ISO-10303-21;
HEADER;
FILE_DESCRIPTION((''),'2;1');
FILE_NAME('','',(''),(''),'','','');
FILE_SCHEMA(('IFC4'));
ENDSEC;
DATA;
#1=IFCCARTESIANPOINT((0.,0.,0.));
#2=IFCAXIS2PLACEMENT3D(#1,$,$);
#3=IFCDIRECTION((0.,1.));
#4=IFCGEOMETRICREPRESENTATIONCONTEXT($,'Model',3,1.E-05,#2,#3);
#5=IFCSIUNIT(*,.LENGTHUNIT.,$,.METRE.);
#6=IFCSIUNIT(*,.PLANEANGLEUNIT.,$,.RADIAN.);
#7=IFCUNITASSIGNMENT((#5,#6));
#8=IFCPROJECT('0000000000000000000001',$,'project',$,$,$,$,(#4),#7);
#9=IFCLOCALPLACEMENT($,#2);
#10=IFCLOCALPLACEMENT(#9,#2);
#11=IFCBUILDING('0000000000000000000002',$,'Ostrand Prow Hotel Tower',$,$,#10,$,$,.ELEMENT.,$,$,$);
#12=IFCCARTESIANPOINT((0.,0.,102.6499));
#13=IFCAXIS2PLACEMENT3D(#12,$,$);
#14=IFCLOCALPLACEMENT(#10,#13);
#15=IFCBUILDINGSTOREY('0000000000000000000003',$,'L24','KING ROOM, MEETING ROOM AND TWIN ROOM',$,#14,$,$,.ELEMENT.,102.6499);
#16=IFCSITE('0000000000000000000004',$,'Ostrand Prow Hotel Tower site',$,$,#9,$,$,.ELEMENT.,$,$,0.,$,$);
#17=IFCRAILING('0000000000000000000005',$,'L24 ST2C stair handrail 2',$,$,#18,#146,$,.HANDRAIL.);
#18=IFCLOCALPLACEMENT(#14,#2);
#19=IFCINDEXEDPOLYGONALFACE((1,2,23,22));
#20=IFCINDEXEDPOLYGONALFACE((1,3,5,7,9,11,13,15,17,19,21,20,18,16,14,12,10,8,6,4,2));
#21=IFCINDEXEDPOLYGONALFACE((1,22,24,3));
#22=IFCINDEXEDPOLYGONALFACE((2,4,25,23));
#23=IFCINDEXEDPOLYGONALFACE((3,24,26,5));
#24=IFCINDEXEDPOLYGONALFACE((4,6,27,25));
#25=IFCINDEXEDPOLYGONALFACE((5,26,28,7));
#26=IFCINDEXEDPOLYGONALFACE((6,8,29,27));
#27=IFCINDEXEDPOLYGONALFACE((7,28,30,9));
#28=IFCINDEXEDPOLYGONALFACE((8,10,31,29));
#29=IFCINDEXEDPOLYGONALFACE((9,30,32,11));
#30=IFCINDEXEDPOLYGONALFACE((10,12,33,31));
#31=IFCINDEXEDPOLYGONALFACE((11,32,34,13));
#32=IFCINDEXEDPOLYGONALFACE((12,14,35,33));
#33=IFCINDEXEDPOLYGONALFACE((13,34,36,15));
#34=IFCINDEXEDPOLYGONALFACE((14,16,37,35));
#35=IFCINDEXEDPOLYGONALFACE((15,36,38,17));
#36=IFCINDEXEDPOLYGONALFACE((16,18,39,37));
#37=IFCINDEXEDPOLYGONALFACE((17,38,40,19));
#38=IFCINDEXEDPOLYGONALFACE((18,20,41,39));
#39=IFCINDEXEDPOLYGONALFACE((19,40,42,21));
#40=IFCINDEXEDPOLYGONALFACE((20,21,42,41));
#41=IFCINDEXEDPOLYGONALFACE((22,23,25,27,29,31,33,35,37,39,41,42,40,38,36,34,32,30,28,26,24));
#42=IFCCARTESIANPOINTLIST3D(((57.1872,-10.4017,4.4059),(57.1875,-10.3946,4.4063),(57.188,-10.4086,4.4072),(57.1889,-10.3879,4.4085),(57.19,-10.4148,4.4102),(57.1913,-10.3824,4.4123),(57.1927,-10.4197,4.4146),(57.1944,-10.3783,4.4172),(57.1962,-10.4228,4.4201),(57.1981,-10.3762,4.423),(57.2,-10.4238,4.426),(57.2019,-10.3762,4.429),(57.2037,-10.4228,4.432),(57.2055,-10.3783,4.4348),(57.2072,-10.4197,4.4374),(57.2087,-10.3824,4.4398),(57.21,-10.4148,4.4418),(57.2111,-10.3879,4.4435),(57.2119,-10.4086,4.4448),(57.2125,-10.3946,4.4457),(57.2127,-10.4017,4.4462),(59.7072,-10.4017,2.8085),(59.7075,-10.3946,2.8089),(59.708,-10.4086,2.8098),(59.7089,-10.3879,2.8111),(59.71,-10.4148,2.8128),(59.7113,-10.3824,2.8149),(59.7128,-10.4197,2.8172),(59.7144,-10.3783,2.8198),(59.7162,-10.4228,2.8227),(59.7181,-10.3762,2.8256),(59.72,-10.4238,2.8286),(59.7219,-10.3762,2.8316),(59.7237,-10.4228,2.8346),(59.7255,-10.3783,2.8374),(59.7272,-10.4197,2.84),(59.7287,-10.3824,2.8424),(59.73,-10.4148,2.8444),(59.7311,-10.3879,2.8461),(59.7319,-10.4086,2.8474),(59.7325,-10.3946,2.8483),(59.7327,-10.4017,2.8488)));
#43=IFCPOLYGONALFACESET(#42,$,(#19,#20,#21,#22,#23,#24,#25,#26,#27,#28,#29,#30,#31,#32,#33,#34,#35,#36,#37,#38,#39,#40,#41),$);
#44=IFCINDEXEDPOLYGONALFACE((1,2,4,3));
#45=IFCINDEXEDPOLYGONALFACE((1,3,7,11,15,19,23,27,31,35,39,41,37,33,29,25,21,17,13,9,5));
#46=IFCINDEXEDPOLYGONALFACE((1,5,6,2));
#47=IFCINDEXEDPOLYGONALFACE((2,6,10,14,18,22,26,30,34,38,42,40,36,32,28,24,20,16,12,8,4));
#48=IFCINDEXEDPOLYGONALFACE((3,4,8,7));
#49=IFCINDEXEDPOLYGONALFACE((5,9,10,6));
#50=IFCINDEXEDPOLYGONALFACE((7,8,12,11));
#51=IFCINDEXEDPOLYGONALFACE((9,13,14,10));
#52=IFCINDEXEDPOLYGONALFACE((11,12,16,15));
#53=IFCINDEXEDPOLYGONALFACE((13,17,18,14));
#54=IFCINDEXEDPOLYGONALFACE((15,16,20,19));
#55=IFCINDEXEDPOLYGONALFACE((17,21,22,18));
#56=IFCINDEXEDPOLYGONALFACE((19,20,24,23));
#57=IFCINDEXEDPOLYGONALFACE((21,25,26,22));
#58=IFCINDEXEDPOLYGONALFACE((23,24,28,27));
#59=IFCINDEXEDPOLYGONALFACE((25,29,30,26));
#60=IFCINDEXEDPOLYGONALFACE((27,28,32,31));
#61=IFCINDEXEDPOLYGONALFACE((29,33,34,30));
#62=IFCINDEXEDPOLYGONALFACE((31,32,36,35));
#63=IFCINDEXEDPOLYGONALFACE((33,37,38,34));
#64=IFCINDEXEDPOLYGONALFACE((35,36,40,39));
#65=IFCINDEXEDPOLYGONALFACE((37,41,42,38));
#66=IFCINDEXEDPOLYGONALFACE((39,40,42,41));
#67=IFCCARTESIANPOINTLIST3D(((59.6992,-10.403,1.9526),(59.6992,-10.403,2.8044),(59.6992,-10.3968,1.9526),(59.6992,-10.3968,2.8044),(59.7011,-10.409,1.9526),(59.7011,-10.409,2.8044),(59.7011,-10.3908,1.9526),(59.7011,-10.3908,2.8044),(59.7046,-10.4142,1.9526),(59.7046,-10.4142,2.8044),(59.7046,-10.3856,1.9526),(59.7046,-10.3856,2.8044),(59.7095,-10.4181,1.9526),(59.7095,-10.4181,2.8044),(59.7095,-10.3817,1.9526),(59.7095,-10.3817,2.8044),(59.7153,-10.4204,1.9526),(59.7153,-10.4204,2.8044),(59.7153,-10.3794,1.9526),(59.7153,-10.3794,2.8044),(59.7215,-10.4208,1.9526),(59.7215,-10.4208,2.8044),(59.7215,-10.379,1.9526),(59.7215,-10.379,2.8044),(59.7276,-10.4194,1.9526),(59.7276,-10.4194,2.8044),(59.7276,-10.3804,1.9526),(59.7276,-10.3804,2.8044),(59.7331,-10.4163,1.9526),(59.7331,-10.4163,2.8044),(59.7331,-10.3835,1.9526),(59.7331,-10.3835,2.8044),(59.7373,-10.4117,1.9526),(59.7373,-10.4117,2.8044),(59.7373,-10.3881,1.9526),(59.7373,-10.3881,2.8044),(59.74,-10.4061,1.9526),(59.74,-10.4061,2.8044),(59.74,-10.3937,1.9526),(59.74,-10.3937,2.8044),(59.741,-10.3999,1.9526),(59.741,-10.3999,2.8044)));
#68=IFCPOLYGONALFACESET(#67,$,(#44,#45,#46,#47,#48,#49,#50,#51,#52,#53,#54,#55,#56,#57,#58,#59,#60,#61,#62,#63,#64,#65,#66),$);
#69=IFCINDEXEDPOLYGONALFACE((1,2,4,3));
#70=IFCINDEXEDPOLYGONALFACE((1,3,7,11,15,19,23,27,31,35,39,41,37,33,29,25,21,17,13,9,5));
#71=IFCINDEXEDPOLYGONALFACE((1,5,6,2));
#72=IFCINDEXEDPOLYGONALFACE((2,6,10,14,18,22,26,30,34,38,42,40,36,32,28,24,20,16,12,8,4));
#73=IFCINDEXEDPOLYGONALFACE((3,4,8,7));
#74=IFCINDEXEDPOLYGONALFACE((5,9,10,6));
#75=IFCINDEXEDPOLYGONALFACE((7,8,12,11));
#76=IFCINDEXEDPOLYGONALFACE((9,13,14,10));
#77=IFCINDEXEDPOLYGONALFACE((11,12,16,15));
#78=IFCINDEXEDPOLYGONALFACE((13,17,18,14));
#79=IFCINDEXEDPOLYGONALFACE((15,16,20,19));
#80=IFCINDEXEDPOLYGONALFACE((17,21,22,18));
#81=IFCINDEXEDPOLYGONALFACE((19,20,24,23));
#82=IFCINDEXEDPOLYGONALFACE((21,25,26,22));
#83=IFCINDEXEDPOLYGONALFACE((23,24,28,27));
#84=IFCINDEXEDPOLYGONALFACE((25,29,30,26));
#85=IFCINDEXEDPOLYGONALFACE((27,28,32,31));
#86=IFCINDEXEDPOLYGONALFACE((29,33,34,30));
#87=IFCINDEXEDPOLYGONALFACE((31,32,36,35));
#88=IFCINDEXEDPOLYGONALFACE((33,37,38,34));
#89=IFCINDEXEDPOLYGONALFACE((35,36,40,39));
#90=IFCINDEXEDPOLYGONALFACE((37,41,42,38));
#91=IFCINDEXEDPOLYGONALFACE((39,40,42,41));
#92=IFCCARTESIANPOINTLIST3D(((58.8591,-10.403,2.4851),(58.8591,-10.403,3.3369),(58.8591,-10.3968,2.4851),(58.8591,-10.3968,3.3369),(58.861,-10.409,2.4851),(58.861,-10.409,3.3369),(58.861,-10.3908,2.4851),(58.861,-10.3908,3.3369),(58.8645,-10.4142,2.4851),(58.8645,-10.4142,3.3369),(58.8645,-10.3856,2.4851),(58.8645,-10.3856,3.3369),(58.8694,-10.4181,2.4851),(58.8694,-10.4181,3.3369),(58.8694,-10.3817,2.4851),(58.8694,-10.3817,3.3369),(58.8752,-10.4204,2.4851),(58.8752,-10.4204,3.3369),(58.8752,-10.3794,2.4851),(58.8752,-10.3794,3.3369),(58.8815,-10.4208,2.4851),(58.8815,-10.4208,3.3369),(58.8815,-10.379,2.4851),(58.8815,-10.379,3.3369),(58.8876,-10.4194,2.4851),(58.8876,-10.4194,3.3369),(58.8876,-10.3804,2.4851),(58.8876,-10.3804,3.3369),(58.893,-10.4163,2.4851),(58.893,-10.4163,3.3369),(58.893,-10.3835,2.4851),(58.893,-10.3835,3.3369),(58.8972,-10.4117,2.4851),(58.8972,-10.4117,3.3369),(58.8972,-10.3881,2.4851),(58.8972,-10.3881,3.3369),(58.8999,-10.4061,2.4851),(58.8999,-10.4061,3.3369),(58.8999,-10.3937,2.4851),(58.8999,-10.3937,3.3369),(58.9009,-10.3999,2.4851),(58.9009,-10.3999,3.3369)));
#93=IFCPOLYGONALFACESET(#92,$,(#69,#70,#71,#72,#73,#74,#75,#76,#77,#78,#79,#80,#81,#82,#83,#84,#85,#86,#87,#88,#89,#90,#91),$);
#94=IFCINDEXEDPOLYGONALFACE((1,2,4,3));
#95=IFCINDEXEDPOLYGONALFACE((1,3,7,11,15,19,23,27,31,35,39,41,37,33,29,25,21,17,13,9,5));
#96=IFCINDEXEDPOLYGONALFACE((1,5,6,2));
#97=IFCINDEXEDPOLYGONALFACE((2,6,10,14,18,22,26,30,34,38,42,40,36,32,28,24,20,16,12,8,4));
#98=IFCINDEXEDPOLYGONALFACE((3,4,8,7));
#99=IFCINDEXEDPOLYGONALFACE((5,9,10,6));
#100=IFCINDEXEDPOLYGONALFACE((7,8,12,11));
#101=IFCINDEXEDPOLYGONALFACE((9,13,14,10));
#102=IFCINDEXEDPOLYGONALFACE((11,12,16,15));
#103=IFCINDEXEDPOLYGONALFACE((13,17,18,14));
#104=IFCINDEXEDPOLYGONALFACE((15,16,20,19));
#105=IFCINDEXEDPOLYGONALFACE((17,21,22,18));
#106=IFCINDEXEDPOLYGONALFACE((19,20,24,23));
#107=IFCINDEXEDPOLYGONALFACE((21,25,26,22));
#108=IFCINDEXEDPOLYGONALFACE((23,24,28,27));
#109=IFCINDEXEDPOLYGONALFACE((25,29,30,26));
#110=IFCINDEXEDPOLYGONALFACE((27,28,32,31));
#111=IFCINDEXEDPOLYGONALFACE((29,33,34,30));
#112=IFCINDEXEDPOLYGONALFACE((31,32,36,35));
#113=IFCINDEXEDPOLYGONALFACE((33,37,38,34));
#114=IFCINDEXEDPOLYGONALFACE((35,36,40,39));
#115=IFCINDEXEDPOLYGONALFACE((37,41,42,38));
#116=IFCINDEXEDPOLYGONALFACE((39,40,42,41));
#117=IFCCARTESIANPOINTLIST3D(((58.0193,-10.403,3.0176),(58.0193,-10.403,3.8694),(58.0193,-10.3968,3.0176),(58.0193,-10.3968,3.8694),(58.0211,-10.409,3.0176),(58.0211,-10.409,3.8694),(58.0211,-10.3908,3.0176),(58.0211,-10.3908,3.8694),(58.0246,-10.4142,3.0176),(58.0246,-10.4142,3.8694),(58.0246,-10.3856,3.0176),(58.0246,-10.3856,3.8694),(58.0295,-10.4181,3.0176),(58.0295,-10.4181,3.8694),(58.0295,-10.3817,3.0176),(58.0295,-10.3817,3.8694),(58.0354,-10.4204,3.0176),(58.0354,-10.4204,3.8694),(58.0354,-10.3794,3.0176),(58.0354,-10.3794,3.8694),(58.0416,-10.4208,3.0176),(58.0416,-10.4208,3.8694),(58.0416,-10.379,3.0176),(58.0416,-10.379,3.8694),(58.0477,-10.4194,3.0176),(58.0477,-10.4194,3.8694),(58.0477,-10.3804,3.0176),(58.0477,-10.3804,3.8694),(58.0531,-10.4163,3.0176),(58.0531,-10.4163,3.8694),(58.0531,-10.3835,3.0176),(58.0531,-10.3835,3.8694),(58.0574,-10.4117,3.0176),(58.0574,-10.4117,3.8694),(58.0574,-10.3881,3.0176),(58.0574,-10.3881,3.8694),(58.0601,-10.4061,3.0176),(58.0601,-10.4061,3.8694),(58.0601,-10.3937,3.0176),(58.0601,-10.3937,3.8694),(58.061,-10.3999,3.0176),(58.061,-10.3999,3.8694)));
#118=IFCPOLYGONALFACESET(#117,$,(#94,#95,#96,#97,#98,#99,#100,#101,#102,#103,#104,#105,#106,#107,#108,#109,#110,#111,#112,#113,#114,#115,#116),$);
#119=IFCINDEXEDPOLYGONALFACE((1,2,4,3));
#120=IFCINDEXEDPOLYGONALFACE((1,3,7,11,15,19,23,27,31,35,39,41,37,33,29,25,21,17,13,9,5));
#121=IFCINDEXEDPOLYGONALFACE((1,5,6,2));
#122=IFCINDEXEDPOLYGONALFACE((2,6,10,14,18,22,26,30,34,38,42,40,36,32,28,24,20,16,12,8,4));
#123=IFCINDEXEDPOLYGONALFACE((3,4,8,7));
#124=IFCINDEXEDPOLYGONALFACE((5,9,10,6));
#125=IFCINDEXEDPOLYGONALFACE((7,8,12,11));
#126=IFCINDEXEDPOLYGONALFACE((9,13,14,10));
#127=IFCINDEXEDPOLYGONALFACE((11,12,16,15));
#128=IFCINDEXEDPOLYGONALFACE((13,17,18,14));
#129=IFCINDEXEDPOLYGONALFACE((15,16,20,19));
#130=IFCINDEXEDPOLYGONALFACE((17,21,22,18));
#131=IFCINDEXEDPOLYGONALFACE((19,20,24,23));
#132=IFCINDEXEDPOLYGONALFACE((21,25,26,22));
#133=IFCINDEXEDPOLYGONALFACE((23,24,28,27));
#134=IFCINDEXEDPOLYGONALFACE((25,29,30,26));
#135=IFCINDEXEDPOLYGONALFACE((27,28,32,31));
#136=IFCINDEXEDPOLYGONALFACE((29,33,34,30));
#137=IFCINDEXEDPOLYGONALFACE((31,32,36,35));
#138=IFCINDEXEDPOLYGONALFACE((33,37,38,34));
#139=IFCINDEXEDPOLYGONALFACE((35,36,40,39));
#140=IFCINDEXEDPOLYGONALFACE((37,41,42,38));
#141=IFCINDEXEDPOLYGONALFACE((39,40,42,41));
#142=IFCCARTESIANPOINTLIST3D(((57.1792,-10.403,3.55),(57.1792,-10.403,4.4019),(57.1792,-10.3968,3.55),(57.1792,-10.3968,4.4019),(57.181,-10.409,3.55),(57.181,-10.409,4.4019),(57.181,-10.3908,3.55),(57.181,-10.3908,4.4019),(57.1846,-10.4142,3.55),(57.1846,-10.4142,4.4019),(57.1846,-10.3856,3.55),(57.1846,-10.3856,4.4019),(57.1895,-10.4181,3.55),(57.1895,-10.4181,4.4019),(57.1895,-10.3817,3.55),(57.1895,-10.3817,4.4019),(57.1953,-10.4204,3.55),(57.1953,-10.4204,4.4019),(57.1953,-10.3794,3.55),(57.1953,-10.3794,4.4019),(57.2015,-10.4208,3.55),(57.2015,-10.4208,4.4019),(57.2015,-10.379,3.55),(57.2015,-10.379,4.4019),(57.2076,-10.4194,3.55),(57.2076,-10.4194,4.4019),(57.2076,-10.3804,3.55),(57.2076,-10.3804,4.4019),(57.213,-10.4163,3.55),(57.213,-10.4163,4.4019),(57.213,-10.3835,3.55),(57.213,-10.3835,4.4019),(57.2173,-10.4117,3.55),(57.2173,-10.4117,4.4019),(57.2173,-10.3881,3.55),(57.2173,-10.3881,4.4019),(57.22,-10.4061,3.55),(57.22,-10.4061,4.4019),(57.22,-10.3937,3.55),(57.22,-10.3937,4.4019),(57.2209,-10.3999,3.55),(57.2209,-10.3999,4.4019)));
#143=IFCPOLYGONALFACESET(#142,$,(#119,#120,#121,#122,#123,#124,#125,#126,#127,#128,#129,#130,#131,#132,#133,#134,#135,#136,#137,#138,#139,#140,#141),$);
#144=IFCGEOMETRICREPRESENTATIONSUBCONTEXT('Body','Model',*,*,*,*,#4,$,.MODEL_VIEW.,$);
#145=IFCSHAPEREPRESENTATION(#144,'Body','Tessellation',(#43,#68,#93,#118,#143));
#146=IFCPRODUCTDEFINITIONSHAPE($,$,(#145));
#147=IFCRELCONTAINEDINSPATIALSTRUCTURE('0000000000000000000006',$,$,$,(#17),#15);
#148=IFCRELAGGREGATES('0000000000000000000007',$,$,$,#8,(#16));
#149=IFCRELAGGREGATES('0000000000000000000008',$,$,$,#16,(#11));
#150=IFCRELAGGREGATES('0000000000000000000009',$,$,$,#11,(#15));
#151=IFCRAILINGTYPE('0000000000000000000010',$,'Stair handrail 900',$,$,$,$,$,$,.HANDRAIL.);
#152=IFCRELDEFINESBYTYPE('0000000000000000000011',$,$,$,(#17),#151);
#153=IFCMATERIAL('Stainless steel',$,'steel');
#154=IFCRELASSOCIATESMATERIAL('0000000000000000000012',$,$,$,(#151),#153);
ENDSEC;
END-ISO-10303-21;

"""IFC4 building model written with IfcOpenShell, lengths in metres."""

from ifc_helpers import new_model, si_unit, direction, frame, origin, origin_2d, place, context, subcontext, project, spatial, circle, extrude, material, type_object, element, save


model = new_model("IFC4")

# Units and contexts
model_context = context("Model", 3, precision=1e-05, world=origin(), true_north=direction((0.0, 1.0)))
body_context = subcontext(model_context, "Body", "Model", "MODEL_VIEW")
ifc_project = project(units=[si_unit("LENGTHUNIT", "METRE"), si_unit("PLANEANGLEUNIT", "RADIAN")], contexts=[model_context])

# Site, building, storey
site_placement = place(None, origin())
site = spatial("IfcSite", under=ifc_project, at=site_placement, Name="Ostrand Prow Hotel Tower site", CompositionType="ELEMENT", RefElevation=0.0)
building_placement = place(site_placement, origin())
building = spatial("IfcBuilding", under=site, at=building_placement, Name="Ostrand Prow Hotel Tower", CompositionType="ELEMENT")
storey_placement = place(building_placement, frame((0.0, 0.0, 102.6499)))
storey = spatial("IfcBuildingStorey", under=building, at=storey_placement, Name="L24", Description="KING ROOM, MEETING ROOM AND TWIN ROOM", CompositionType="ELEMENT", Elevation=102.6499)

# Railing
ifc_material_1 = material(Name="Stainless steel", Category="steel")
railing_type_1 = type_object("IfcRailingType", Name="Stair handrail 900", PredefinedType="HANDRAIL", material=ifc_material_1)
railing_1_placement = place(storey_placement, frame((59.72, -10.3999, 1.9526)))
element("IfcRailing", 1, at=railing_1_placement, inside=storey, type_object=railing_type_1, Name="L24 ST2C stair handrail 2", PredefinedType="HANDRAIL", context=body_context, shape_type="SweptSolid", body=[
    extrude(circle(Radius=0.0239, at=origin_2d()), frame((0.0, 0.0, 0.876), z_axis=(-0.844607, 0.0, 0.535387), x_axis=(0.0, -1.0, 0.0)), (0.0, 0.0, 1.0), 2.9836),
    extrude(circle(Radius=0.021, at=origin_2d()), origin(), (0.0, 0.0, 1.0), 0.8518),
    extrude(circle(Radius=0.021, at=origin_2d()), frame((-0.8401, 0.0, 0.5325)), (0.0, 0.0, 1.0), 0.8518),
    extrude(circle(Radius=0.021, at=origin_2d()), frame((-1.6799, 0.0, 1.0649)), (0.0, 0.0, 1.0), 0.8518),
    extrude(circle(Radius=0.021, at=origin_2d()), frame((-2.52, 0.0, 1.5974)), (0.0, 0.0, 1.0), 0.8518),
])

save(model, "model.ifc")
